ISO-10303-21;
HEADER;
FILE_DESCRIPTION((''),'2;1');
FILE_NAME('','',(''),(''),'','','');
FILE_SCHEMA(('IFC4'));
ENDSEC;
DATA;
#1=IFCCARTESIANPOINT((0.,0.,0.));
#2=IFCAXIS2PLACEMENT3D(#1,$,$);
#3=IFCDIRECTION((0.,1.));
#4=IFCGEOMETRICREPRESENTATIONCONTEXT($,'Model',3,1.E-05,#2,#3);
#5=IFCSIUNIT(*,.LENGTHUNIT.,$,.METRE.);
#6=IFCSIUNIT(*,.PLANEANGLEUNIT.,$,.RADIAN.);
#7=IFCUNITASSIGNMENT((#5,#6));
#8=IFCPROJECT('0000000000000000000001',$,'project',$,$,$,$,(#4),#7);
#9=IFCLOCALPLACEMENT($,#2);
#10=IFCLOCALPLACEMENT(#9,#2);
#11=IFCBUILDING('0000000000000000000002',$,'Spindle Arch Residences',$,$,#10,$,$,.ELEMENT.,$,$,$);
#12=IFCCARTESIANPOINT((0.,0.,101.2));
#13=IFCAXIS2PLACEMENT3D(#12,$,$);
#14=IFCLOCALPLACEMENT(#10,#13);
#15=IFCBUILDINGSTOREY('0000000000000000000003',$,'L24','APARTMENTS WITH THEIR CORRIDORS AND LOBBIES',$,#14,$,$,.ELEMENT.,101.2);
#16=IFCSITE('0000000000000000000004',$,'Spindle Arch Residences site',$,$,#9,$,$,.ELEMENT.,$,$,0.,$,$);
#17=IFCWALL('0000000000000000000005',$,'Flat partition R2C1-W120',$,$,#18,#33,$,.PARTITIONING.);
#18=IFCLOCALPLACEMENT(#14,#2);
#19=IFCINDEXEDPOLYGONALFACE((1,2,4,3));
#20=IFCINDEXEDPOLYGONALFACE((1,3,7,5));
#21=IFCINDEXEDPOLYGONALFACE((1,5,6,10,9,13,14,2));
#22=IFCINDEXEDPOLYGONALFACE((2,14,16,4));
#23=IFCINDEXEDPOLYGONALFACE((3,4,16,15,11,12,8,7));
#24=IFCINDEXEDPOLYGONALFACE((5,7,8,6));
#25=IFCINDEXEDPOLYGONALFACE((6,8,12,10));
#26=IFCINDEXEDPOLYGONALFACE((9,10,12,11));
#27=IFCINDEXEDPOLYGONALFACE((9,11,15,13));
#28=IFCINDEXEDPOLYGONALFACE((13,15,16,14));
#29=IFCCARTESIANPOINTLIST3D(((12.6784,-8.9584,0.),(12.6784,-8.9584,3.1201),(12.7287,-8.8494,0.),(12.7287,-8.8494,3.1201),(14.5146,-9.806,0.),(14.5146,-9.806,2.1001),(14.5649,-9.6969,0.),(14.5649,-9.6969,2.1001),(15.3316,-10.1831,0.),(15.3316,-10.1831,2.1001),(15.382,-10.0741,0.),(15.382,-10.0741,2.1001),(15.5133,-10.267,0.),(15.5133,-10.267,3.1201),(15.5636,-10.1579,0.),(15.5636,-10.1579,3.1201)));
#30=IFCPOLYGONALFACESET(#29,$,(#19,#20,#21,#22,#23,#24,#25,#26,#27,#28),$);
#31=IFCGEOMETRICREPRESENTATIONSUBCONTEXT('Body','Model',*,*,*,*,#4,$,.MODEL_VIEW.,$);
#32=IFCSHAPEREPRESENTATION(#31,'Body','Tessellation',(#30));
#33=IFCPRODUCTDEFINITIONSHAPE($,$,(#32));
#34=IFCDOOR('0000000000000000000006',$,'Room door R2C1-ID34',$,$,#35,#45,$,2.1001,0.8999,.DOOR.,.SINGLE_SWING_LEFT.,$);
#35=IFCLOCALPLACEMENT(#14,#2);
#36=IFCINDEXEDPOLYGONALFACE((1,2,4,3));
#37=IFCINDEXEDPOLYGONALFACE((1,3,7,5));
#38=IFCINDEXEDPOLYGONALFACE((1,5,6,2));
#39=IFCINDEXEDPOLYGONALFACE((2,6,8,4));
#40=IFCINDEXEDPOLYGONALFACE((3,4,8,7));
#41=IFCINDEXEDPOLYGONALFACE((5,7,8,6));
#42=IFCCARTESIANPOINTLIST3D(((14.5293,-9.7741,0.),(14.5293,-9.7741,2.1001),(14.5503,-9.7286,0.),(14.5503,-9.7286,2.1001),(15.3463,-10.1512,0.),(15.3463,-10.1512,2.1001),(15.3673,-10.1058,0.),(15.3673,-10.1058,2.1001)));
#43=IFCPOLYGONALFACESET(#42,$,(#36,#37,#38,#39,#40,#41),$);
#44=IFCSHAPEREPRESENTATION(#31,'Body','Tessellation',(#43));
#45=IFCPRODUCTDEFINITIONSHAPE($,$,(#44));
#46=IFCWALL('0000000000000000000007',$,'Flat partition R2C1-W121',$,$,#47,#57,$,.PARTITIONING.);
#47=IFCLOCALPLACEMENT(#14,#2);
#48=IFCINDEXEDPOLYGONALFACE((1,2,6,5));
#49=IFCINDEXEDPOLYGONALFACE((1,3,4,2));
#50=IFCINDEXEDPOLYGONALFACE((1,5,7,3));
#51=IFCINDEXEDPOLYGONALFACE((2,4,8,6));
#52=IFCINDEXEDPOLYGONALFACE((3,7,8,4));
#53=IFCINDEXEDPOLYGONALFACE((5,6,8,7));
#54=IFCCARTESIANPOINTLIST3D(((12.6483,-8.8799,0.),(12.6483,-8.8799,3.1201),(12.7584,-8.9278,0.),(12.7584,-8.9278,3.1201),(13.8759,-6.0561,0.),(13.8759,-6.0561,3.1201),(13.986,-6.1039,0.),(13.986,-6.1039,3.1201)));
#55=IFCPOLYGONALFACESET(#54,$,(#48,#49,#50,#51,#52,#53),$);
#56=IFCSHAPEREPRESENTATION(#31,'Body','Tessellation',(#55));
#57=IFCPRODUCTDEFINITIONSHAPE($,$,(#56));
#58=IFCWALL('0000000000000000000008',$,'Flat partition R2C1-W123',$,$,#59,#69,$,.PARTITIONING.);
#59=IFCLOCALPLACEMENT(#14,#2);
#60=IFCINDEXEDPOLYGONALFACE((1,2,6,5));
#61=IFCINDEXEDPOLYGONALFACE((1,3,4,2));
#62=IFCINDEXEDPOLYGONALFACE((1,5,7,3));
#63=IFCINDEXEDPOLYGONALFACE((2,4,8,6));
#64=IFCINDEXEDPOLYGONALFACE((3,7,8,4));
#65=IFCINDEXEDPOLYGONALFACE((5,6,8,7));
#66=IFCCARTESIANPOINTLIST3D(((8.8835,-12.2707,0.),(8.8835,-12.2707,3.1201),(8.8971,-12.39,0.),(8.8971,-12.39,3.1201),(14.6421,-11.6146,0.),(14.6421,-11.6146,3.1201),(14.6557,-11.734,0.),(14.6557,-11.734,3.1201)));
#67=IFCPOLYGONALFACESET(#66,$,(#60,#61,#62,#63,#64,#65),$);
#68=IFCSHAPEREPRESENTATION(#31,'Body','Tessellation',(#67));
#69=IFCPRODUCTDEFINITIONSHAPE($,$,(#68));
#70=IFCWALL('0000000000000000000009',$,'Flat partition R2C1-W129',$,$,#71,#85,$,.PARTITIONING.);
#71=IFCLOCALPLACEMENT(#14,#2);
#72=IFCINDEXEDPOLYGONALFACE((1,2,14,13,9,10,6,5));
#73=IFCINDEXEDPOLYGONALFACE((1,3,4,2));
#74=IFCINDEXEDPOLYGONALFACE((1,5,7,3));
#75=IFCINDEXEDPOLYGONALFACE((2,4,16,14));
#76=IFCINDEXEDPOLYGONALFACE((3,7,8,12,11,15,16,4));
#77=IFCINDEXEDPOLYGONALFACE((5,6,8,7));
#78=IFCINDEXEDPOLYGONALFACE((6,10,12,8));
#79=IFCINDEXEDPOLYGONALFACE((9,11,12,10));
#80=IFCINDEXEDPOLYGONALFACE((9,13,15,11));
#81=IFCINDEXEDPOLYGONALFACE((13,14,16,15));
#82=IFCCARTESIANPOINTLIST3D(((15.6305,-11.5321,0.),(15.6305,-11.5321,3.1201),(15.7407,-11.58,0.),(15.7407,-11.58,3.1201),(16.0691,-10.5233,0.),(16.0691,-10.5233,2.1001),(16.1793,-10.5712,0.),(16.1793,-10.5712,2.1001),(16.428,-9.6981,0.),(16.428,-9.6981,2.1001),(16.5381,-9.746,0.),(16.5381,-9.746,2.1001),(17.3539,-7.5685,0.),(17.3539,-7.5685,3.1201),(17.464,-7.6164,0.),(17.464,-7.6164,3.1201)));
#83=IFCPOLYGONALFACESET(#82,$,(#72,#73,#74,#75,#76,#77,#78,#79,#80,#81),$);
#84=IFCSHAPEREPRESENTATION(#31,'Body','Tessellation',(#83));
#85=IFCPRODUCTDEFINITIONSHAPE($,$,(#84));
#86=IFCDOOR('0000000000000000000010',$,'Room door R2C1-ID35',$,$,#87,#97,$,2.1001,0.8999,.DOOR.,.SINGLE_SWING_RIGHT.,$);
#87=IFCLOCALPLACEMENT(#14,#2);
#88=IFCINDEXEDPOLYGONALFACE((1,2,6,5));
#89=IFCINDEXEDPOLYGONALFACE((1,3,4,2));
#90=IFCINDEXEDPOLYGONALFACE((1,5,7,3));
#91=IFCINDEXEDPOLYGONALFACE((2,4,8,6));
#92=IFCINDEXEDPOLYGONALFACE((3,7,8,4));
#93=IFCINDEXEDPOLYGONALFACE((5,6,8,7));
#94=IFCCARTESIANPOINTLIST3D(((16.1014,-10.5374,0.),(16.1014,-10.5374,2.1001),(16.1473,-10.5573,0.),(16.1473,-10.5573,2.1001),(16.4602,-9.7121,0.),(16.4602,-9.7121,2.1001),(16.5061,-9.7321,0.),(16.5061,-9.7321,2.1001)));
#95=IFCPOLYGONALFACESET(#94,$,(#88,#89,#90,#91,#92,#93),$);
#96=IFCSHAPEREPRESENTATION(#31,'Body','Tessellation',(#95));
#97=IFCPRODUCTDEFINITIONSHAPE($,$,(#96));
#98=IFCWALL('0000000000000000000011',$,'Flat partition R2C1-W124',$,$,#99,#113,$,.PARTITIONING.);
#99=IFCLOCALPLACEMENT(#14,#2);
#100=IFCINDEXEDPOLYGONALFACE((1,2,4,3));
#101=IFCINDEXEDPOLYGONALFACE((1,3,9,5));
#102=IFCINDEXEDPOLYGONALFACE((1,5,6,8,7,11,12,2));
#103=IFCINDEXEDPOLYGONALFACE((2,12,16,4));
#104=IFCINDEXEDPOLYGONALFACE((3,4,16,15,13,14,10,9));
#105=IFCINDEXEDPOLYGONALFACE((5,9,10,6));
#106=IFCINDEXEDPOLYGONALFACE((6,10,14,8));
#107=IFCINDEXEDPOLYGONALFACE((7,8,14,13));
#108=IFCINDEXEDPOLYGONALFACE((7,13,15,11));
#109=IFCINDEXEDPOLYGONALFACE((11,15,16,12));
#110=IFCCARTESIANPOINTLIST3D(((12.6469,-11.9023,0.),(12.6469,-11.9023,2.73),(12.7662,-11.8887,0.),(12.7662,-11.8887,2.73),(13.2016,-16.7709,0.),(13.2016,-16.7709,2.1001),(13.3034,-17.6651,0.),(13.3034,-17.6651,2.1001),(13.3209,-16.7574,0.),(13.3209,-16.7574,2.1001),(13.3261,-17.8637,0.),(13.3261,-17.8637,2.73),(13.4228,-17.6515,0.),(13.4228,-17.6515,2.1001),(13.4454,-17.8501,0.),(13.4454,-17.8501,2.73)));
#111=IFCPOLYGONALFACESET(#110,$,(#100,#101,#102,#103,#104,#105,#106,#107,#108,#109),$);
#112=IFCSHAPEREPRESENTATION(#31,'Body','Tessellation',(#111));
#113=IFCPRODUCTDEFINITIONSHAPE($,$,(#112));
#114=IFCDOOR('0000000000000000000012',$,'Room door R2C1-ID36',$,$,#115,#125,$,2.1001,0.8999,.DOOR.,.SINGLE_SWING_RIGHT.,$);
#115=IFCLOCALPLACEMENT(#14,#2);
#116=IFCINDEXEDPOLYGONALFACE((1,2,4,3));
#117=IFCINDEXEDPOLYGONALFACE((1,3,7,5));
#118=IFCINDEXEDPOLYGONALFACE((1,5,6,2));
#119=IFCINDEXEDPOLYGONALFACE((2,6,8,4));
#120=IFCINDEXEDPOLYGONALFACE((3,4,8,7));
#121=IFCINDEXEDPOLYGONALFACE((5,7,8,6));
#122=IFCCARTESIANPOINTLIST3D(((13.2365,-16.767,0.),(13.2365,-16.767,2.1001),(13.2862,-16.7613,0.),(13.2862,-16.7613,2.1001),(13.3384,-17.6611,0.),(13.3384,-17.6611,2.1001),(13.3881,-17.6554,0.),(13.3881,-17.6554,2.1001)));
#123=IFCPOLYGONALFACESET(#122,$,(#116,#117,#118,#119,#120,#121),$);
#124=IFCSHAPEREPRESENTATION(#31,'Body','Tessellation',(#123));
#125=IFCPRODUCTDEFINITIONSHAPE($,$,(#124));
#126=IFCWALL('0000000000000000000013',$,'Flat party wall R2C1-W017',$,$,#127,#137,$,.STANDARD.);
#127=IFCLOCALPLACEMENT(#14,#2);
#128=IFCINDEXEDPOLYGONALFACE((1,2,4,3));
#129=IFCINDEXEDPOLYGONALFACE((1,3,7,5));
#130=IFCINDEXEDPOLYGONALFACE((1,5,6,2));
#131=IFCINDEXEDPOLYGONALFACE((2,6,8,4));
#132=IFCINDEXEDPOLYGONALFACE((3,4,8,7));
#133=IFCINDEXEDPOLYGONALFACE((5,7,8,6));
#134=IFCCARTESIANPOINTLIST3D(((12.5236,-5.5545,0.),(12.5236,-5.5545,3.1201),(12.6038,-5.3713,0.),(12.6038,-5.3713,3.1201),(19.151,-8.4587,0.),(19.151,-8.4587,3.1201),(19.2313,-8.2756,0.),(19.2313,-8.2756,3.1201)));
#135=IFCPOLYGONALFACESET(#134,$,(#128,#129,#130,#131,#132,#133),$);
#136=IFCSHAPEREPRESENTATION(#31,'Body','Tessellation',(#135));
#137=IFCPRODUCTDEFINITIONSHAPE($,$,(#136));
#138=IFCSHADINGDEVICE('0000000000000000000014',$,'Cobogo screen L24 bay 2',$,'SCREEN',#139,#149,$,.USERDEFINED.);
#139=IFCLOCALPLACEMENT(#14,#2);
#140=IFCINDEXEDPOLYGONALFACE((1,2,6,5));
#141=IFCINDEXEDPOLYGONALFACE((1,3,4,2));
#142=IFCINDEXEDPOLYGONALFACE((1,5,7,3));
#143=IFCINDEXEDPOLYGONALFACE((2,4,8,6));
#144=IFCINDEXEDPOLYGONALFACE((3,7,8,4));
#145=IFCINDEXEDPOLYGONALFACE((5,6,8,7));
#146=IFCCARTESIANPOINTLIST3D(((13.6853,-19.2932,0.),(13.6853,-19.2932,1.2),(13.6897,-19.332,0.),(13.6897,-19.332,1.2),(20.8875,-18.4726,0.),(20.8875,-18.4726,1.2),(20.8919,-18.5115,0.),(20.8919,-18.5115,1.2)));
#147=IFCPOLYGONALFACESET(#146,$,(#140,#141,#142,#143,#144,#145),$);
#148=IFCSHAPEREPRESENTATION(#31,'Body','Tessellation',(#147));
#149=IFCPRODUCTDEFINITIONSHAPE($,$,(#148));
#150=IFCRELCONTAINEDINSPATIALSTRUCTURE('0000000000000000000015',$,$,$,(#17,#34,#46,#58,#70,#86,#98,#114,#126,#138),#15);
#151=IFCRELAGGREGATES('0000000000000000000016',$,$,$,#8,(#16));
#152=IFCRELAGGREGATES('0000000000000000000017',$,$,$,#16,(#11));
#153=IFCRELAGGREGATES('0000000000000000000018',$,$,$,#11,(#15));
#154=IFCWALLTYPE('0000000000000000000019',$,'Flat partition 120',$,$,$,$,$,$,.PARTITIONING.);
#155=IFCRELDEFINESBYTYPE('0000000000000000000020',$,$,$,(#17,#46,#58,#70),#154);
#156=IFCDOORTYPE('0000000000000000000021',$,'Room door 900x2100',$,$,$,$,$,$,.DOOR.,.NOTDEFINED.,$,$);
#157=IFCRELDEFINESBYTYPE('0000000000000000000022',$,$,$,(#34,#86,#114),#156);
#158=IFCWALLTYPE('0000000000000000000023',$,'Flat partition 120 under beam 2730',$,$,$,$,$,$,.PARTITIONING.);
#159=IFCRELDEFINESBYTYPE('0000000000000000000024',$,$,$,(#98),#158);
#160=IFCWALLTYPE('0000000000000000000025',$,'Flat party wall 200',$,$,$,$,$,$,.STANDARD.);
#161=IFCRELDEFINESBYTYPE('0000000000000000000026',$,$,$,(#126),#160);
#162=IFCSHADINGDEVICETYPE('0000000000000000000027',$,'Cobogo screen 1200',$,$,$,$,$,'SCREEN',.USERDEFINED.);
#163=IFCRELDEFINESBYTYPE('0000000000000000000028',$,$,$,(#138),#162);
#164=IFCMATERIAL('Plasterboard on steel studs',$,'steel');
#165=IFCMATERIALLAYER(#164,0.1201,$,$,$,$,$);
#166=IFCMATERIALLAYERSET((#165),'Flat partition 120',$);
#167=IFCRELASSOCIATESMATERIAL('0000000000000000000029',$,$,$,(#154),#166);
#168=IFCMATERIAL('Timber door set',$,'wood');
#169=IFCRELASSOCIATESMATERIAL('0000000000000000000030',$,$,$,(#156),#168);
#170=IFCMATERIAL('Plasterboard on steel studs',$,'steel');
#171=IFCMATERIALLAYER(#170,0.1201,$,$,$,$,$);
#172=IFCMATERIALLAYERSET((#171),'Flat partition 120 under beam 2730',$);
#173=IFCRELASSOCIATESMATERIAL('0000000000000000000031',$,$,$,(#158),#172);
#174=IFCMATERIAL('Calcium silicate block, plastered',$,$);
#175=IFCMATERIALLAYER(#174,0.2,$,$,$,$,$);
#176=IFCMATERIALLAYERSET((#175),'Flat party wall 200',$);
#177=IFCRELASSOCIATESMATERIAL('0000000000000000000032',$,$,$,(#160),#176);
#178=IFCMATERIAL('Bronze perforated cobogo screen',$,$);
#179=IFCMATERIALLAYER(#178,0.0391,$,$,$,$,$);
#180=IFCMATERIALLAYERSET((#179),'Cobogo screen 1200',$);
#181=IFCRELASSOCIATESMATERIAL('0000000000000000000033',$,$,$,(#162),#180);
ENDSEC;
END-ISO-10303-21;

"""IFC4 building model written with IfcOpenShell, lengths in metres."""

from ifc_helpers import new_model, si_unit, direction, frame, frame_2d, origin, origin_2d, place, context, subcontext, project, spatial, rectangle, extrude, material, layer, layer_set, type_object, element, fill, save


model = new_model("IFC4")

# Units and contexts
model_context = context("Model", 3, precision=1e-05, world=origin(), true_north=direction((0.0, 1.0)))
body_context = subcontext(model_context, "Body", "Model", "MODEL_VIEW")
ifc_project = project(units=[si_unit("LENGTHUNIT", "METRE"), si_unit("PLANEANGLEUNIT", "RADIAN")], contexts=[model_context])

# Site, building, storey
site_placement = place(None, origin())
site = spatial("IfcSite", under=ifc_project, at=site_placement, Name="Spindle Arch Residences site", CompositionType="ELEMENT", RefElevation=0.0)
building_placement = place(site_placement, origin())
building = spatial("IfcBuilding", under=site, at=building_placement, Name="Spindle Arch Residences", CompositionType="ELEMENT")
storey_placement = place(building_placement, frame((0.0, 0.0, 101.2)))
storey = spatial("IfcBuildingStorey", under=building, at=storey_placement, Name="L24", Description="APARTMENTS WITH THEIR CORRIDORS AND LOBBIES", CompositionType="ELEMENT", Elevation=101.2)

# Shared definitions
ifc_material_1 = material(Name="Plasterboard on steel studs", Category="steel")
ifc_layer_1 = layer(ifc_material_1, 0.1201)
ifc_layer_set_1 = layer_set([ifc_layer_1], Name="Flat partition 120")
wall_type_1 = type_object("IfcWallType", Name="Flat partition 120", PredefinedType="PARTITIONING", material=ifc_layer_set_1)

# Wall, opening, door
wall_1_placement = place(storey_placement, frame((15.5383, -10.2124, 0.0), z_axis=(0.0, 0.0, 1.0), x_axis=(-0.907941, 0.419098, 0.0)))
wall_1 = element("IfcWall", 1, at=wall_1_placement, inside=storey, type_object=wall_type_1, Name="Flat partition R2C1-W120", PredefinedType="PARTITIONING", context=body_context, shape_type="SweptSolid", body=[
    extrude(rectangle(XDim=3.1223, YDim=0.1201, at=frame_2d((1.561, 0.0))), origin(), (0.0, 0.0, 1.0), 3.1201),
])
opening_1_placement = place(wall_1_placement, frame((0.2, 0.0, 0.0)))
opening_1 = element("IfcOpeningElement", 2, at=opening_1_placement, cuts=wall_1, PredefinedType="OPENING", context=body_context, shape_type="SweptSolid", body=[
    extrude(rectangle(XDim=0.8999, YDim=2.1001, at=frame_2d((0.45, 1.05))), frame((0.0, 0.0701, 0.0), z_axis=(0.0, -1.0, 0.0), x_axis=(1.0, 0.0, 0.0)), (0.0, 0.0, 1.0), 0.1401),
])
ifc_material_2 = material(Name="Timber door set", Category="wood")
door_type_1 = type_object("IfcDoorType", Name="Room door 900x2100", OperationType="NOTDEFINED", PredefinedType="DOOR", material=ifc_material_2)
door_1_placement = place(opening_1_placement, origin())
door_1 = element("IfcDoor", 3, at=door_1_placement, inside=storey, type_object=door_type_1, Name="Room door R2C1-ID34", OperationType="SINGLE_SWING_LEFT", OverallHeight=2.1001, OverallWidth=0.8999, PredefinedType="DOOR", context=body_context, shape_type="SweptSolid", body=[
    extrude(rectangle(XDim=0.8999, YDim=2.1001, at=frame_2d((0.45, 1.05))), frame((0.0, 0.0249, 0.0), z_axis=(0.0, -1.0, 0.0), x_axis=(1.0, 0.0, 0.0)), (0.0, 0.0, 1.0), 0.05),
])
fill(opening_1, door_1)

# Walls
wall_2_placement = place(storey_placement, frame((12.7034, -8.9038, 0.0), z_axis=(0.0, 0.0, 1.0), x_axis=(0.39868, 0.91709, 0.0)))
element("IfcWall", 4, at=wall_2_placement, inside=storey, type_object=wall_type_1, Name="Flat partition R2C1-W121", PredefinedType="PARTITIONING", context=body_context, shape_type="SweptSolid", body=[
    extrude(rectangle(XDim=3.0791, YDim=0.1201, at=frame_2d((1.5396, 0.0))), origin(), (0.0, 0.0, 1.0), 3.1201),
])
wall_3_placement = place(storey_placement, frame((14.6489, -11.6743, 0.0), z_axis=(0.0, 0.0, 1.0), x_axis=(-0.993574, -0.113187, 0.0)))
element("IfcWall", 5, at=wall_3_placement, inside=storey, type_object=wall_type_1, Name="Flat partition R2C1-W123", PredefinedType="PARTITIONING", context=body_context, shape_type="SweptSolid", body=[
    extrude(rectangle(XDim=5.7959, YDim=0.1201, at=frame_2d((2.8979, 0.0))), origin(), (0.0, 0.0, 1.0), 3.1201),
])

# Walls, openings, doors
wall_4_placement = place(storey_placement, frame((15.6855, -11.5562, 0.0), z_axis=(0.0, 0.0, 1.0), x_axis=(0.398741, 0.917064, 0.0)))
wall_4 = element("IfcWall", 6, at=wall_4_placement, inside=storey, type_object=wall_type_1, Name="Flat partition R2C1-W129", PredefinedType="PARTITIONING", context=body_context, shape_type="SweptSolid", body=[
    extrude(rectangle(XDim=4.322, YDim=0.1201, at=frame_2d((2.1611, 0.0))), origin(), (0.0, 0.0, 1.0), 3.1201),
])
opening_2_placement = place(wall_4_placement, frame((1.1001, 0.0, 0.0)))
opening_2 = element("IfcOpeningElement", 7, at=opening_2_placement, cuts=wall_4, PredefinedType="OPENING", context=body_context, shape_type="SweptSolid", body=[
    extrude(rectangle(XDim=0.8999, YDim=2.1001, at=frame_2d((0.45, 1.05))), frame((0.0, 0.0701, 0.0), z_axis=(0.0, -1.0, 0.0), x_axis=(1.0, 0.0, 0.0)), (0.0, 0.0, 1.0), 0.1401),
])
door_2_placement = place(opening_2_placement, origin())
door_2 = element("IfcDoor", 8, at=door_2_placement, inside=storey, type_object=door_type_1, Name="Room door R2C1-ID35", OperationType="SINGLE_SWING_RIGHT", OverallHeight=2.1001, OverallWidth=0.8999, PredefinedType="DOOR", context=body_context, shape_type="SweptSolid", body=[
    extrude(rectangle(XDim=0.8999, YDim=2.1001, at=frame_2d((0.45, 1.05))), frame((0.0, 0.0249, 0.0), z_axis=(0.0, -1.0, 0.0), x_axis=(1.0, 0.0, 0.0)), (0.0, 0.0, 1.0), 0.05),
])
fill(opening_2, door_2)
ifc_material_3 = material(Name="Plasterboard on steel studs", Category="steel")
ifc_layer_2 = layer(ifc_material_3, 0.1201)
ifc_layer_set_2 = layer_set([ifc_layer_2], Name="Flat partition 120 under beam 2730")
wall_type_2 = type_object("IfcWallType", Name="Flat partition 120 under beam 2730", PredefinedType="PARTITIONING", material=ifc_layer_set_2)
wall_5_placement = place(storey_placement, frame((13.3857, -17.8569, 0.0), z_axis=(0.0, 0.0, 1.0), x_axis=(-0.1132, 0.993572, 0.0)))
wall_5 = element("IfcWall", 9, at=wall_5_placement, inside=storey, type_object=wall_type_2, Name="Flat partition R2C1-W124", PredefinedType="PARTITIONING", context=body_context, shape_type="SweptSolid", body=[
    extrude(rectangle(XDim=6.0, YDim=0.1201, at=frame_2d((3.0, 0.0))), origin(), (0.0, 0.0, 1.0), 2.73),
])
opening_3_placement = place(wall_5_placement, frame((0.2, 0.0, 0.0)))
opening_3 = element("IfcOpeningElement", 10, at=opening_3_placement, cuts=wall_5, PredefinedType="OPENING", context=body_context, shape_type="SweptSolid", body=[
    extrude(rectangle(XDim=0.8999, YDim=2.1001, at=frame_2d((0.45, 1.05))), frame((0.0, 0.0701, 0.0), z_axis=(0.0, -1.0, 0.0), x_axis=(1.0, 0.0, 0.0)), (0.0, 0.0, 1.0), 0.1401),
])
door_3_placement = place(opening_3_placement, origin())
door_3 = element("IfcDoor", 11, at=door_3_placement, inside=storey, type_object=door_type_1, Name="Room door R2C1-ID36", OperationType="SINGLE_SWING_RIGHT", OverallHeight=2.1001, OverallWidth=0.8999, PredefinedType="DOOR", context=body_context, shape_type="SweptSolid", body=[
    extrude(rectangle(XDim=0.8999, YDim=2.1001, at=frame_2d((0.45, 1.05))), frame((0.0, 0.0249, 0.0), z_axis=(0.0, -1.0, 0.0), x_axis=(1.0, 0.0, 0.0)), (0.0, 0.0, 1.0), 0.05),
])
fill(opening_3, door_3)

# Wall
ifc_material_4 = material(Name="Calcium silicate block, plastered")
ifc_layer_3 = layer(ifc_material_4, 0.2)
ifc_layer_set_3 = layer_set([ifc_layer_3], Name="Flat party wall 200")
wall_type_3 = type_object("IfcWallType", Name="Flat party wall 200", PredefinedType="STANDARD", material=ifc_layer_set_3)
wall_6_placement = place(storey_placement, frame((12.5637, -5.4629, 0.0), z_axis=(0.0, 0.0, 1.0), x_axis=(0.915914, -0.401375, 0.0)))
element("IfcWall", 12, at=wall_6_placement, inside=storey, type_object=wall_type_3, Name="Flat party wall R2C1-W017", PredefinedType="STANDARD", context=body_context, shape_type="SweptSolid", body=[
    extrude(rectangle(XDim=7.2358, YDim=0.2, at=frame_2d((3.6179, 0.0))), origin(), (0.0, 0.0, 1.0), 3.1201),
])

# Shading device
ifc_material_5 = material(Name="Bronze perforated cobogo screen")
ifc_layer_4 = layer(ifc_material_5, 0.0391)
ifc_layer_set_4 = layer_set([ifc_layer_4], Name="Cobogo screen 1200")
shading_device_type = type_object("IfcShadingDeviceType", Name="Cobogo screen 1200", ElementType="SCREEN", PredefinedType="USERDEFINED", material=ifc_layer_set_4)
shading_device_placement = place(storey_placement, frame((17.2886, -18.9023, 0.0), z_axis=(0.0, 0.0, 1.0), x_axis=(0.993572, 0.113203, 0.0)))
element("IfcShadingDevice", 13, at=shading_device_placement, inside=storey, type_object=shading_device_type, Name="Cobogo screen L24 bay 2", ObjectType="SCREEN", PredefinedType="USERDEFINED", context=body_context, shape_type="SweptSolid", body=[
    extrude(rectangle(XDim=7.2488, YDim=0.0391, at=origin_2d()), origin(), (0.0, 0.0, 1.0), 1.2),
])

save(model, "model.ifc")
